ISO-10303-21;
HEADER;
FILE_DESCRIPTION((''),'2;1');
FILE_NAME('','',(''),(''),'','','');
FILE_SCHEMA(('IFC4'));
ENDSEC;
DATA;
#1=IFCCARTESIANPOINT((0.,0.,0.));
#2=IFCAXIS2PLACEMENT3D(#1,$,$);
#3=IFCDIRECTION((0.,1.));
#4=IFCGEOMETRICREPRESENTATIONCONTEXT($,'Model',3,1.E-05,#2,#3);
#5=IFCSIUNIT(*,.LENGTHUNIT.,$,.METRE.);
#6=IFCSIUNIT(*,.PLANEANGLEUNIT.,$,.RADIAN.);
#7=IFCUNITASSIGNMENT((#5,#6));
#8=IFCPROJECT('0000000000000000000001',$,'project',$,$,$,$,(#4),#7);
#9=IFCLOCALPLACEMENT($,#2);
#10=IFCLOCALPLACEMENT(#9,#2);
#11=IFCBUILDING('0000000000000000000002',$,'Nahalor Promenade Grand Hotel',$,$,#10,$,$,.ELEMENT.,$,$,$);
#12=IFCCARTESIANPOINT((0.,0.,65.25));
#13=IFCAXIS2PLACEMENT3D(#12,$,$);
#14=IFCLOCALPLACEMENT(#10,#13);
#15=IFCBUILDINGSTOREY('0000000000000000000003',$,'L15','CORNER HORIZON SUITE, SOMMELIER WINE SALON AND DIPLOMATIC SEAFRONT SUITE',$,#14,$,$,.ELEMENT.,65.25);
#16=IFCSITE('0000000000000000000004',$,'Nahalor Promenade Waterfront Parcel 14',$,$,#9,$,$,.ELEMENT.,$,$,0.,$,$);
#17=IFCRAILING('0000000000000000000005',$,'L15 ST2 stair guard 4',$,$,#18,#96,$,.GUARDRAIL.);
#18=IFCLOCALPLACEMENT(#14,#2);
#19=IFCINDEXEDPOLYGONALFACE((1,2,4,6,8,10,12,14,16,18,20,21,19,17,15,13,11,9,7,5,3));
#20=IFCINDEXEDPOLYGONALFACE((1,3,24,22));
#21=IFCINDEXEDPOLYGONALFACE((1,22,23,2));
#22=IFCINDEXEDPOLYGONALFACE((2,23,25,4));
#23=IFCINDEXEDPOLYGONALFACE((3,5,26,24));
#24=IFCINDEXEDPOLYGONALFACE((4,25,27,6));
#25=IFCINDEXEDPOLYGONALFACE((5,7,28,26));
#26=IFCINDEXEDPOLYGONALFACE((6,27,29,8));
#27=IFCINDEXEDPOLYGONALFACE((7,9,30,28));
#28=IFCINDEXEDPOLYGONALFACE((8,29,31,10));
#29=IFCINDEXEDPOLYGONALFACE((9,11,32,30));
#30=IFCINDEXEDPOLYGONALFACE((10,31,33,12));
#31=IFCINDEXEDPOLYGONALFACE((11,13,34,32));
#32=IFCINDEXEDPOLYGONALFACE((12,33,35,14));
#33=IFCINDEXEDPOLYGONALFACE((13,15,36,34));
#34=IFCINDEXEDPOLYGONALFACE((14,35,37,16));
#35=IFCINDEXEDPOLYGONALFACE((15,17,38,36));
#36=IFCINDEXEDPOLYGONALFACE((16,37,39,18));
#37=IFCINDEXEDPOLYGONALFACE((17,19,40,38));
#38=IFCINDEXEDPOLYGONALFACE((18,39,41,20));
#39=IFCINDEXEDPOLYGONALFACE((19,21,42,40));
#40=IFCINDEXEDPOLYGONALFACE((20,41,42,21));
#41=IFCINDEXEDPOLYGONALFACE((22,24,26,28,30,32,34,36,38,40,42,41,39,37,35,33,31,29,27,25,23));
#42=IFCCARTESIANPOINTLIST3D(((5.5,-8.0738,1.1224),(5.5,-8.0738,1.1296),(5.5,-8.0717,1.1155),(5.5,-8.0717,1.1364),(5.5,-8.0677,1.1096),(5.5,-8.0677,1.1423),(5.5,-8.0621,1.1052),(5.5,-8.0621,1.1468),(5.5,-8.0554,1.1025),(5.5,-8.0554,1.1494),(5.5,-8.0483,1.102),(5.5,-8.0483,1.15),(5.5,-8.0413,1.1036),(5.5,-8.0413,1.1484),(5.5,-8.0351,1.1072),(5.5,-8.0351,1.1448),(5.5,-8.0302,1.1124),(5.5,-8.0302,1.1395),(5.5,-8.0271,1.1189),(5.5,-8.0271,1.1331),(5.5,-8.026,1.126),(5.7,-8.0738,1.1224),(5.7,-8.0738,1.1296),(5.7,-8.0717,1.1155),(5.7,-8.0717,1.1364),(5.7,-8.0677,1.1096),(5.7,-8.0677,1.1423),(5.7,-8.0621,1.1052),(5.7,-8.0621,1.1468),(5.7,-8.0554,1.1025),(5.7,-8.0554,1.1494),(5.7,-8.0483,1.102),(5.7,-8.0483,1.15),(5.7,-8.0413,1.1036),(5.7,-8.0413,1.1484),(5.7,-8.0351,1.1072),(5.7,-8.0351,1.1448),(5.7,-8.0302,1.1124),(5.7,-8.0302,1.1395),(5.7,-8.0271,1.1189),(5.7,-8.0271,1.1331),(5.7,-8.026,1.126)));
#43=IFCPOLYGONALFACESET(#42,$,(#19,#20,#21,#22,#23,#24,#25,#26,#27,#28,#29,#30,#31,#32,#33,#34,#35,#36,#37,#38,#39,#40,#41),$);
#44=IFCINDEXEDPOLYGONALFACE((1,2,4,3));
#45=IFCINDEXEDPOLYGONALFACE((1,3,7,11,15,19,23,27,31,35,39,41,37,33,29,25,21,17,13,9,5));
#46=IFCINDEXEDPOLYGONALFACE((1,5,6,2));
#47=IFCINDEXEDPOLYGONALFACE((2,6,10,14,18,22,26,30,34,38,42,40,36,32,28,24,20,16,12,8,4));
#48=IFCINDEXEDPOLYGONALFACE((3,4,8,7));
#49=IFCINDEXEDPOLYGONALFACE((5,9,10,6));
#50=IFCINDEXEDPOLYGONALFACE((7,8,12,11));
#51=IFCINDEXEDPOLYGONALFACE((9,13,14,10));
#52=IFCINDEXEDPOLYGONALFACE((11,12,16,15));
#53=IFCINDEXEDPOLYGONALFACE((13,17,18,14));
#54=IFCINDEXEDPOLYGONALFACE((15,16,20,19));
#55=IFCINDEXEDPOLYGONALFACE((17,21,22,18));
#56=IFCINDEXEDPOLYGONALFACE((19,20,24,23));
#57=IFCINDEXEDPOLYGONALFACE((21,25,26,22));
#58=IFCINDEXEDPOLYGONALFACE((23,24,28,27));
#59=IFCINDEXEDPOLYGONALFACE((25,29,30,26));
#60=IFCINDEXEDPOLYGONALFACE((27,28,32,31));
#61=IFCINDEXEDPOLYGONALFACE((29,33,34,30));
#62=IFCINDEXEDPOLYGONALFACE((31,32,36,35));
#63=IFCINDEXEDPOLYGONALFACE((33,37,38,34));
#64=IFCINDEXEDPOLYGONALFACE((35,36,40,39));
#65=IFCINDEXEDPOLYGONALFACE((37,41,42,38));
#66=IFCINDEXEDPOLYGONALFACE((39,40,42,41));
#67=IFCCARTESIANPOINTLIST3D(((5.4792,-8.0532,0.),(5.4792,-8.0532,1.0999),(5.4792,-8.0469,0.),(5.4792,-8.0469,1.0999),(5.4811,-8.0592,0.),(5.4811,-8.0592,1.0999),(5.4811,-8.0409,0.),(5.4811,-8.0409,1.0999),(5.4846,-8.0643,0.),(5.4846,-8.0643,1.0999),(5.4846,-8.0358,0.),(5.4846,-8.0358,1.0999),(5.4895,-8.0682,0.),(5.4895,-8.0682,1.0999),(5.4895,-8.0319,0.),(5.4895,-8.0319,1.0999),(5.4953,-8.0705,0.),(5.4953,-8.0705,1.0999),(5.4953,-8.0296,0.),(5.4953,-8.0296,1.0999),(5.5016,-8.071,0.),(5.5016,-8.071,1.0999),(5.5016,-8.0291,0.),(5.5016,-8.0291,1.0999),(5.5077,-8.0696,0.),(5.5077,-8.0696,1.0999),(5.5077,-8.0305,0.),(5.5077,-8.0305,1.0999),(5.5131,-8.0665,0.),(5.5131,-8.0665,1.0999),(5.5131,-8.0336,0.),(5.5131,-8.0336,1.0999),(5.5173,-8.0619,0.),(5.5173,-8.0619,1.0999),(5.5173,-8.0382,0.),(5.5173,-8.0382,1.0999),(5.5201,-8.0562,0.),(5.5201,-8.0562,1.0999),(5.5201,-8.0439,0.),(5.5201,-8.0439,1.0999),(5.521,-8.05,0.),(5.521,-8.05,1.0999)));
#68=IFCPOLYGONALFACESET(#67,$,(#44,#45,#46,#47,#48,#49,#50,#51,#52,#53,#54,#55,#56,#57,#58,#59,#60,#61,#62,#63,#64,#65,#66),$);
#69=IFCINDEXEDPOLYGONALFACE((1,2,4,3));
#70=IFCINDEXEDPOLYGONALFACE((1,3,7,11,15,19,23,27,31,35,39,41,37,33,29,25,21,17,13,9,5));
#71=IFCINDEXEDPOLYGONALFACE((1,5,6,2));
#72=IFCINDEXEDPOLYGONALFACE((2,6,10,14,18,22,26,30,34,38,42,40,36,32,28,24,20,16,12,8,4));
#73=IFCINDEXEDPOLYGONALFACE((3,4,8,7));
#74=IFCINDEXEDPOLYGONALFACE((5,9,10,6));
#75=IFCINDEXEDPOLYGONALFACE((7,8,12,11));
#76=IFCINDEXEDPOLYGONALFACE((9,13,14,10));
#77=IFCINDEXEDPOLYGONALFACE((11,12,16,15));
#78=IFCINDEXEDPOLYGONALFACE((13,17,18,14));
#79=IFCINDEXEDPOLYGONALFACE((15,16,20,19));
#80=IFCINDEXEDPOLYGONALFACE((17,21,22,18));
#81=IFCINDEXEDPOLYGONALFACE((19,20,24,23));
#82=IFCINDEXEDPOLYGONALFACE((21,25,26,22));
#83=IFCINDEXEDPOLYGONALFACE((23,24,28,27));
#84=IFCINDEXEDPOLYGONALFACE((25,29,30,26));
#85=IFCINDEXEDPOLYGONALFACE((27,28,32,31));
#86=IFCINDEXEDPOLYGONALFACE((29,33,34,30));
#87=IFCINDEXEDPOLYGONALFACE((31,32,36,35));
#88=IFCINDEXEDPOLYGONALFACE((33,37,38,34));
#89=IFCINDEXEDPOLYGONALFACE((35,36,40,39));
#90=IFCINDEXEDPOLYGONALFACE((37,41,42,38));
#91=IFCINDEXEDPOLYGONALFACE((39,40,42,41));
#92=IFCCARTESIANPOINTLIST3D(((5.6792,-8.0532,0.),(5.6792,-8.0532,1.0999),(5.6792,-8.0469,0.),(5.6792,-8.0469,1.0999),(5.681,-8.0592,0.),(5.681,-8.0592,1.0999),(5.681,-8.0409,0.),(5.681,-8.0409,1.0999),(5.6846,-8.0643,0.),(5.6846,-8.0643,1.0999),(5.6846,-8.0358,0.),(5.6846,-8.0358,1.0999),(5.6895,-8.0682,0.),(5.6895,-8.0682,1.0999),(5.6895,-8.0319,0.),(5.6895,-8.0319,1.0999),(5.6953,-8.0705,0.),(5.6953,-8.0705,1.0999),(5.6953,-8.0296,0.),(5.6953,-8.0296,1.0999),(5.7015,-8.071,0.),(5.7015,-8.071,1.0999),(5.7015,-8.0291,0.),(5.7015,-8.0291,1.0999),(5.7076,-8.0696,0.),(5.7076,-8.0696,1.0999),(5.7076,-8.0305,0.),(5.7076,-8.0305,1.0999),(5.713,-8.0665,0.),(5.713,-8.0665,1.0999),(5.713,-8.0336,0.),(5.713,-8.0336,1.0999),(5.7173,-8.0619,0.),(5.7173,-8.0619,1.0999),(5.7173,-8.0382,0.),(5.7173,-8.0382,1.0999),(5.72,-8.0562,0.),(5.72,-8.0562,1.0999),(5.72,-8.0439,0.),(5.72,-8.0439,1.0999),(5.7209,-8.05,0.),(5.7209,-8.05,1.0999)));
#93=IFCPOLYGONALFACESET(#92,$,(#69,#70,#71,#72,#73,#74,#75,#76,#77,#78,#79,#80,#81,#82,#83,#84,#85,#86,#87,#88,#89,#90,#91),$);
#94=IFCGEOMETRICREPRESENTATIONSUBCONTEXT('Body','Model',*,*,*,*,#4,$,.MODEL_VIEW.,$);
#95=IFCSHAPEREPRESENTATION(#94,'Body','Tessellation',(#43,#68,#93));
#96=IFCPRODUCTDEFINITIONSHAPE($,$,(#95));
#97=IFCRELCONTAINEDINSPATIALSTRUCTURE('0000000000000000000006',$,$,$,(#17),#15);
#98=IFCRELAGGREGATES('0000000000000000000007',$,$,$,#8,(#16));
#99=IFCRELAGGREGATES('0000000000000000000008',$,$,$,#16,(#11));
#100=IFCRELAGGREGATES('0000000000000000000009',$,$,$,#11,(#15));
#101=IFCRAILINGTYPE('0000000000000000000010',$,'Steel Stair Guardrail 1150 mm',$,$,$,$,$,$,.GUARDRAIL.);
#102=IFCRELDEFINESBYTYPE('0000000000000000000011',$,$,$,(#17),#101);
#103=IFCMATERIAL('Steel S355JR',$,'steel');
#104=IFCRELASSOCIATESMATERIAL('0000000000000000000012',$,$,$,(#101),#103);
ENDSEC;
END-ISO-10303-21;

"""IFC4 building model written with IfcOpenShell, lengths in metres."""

from ifc_helpers import new_model, si_unit, direction, frame, origin, origin_2d, place, context, subcontext, project, spatial, circle, extrude, material, type_object, element, save


model = new_model("IFC4")

# Units and contexts
model_context = context("Model", 3, precision=1e-05, world=origin(), true_north=direction((0.0, 1.0)))
body_context = subcontext(model_context, "Body", "Model", "MODEL_VIEW")
ifc_project = project(units=[si_unit("LENGTHUNIT", "METRE"), si_unit("PLANEANGLEUNIT", "RADIAN")], contexts=[model_context])

# Site, building, storey
site_placement = place(None, origin())
site = spatial("IfcSite", under=ifc_project, at=site_placement, Name="Nahalor Promenade Waterfront Parcel 14", CompositionType="ELEMENT", RefElevation=0.0)
building_placement = place(site_placement, origin())
building = spatial("IfcBuilding", under=site, at=building_placement, Name="Nahalor Promenade Grand Hotel", CompositionType="ELEMENT")
storey_placement = place(building_placement, frame((0.0, 0.0, 65.25)))
storey = spatial("IfcBuildingStorey", under=building, at=storey_placement, Name="L15", Description="CORNER HORIZON SUITE, SOMMELIER WINE SALON AND DIPLOMATIC SEAFRONT SUITE", CompositionType="ELEMENT", Elevation=65.25)

# Shared definitions
ifc_material_1 = material(Name="Steel S355JR", Category="steel")

# Railing
railing_type_1 = type_object("IfcRailingType", Name="Steel Stair Guardrail 1150 mm", PredefinedType="GUARDRAIL", material=ifc_material_1)
railing_1_placement = place(storey_placement, frame((5.5, -8.05, 0.0)))
element("IfcRailing", 1, at=railing_1_placement, inside=storey, type_object=railing_type_1, Name="L15 ST2 stair guard 4", PredefinedType="GUARDRAIL", context=body_context, shape_type="SweptSolid", body=[
    extrude(circle(Radius=0.024, at=origin_2d()), frame((0.0, 0.0, 1.126), z_axis=(1.0, 0.0, 0.0), x_axis=(0.0, 1.0, 0.0)), (0.0, 0.0, 1.0), 0.2),
    extrude(circle(Radius=0.021, at=origin_2d()), origin(), (0.0, 0.0, 1.0), 1.0999),
    extrude(circle(Radius=0.021, at=origin_2d()), frame((0.2, 0.0, 0.0)), (0.0, 0.0, 1.0), 1.0999),
])

save(model, "model.ifc")
